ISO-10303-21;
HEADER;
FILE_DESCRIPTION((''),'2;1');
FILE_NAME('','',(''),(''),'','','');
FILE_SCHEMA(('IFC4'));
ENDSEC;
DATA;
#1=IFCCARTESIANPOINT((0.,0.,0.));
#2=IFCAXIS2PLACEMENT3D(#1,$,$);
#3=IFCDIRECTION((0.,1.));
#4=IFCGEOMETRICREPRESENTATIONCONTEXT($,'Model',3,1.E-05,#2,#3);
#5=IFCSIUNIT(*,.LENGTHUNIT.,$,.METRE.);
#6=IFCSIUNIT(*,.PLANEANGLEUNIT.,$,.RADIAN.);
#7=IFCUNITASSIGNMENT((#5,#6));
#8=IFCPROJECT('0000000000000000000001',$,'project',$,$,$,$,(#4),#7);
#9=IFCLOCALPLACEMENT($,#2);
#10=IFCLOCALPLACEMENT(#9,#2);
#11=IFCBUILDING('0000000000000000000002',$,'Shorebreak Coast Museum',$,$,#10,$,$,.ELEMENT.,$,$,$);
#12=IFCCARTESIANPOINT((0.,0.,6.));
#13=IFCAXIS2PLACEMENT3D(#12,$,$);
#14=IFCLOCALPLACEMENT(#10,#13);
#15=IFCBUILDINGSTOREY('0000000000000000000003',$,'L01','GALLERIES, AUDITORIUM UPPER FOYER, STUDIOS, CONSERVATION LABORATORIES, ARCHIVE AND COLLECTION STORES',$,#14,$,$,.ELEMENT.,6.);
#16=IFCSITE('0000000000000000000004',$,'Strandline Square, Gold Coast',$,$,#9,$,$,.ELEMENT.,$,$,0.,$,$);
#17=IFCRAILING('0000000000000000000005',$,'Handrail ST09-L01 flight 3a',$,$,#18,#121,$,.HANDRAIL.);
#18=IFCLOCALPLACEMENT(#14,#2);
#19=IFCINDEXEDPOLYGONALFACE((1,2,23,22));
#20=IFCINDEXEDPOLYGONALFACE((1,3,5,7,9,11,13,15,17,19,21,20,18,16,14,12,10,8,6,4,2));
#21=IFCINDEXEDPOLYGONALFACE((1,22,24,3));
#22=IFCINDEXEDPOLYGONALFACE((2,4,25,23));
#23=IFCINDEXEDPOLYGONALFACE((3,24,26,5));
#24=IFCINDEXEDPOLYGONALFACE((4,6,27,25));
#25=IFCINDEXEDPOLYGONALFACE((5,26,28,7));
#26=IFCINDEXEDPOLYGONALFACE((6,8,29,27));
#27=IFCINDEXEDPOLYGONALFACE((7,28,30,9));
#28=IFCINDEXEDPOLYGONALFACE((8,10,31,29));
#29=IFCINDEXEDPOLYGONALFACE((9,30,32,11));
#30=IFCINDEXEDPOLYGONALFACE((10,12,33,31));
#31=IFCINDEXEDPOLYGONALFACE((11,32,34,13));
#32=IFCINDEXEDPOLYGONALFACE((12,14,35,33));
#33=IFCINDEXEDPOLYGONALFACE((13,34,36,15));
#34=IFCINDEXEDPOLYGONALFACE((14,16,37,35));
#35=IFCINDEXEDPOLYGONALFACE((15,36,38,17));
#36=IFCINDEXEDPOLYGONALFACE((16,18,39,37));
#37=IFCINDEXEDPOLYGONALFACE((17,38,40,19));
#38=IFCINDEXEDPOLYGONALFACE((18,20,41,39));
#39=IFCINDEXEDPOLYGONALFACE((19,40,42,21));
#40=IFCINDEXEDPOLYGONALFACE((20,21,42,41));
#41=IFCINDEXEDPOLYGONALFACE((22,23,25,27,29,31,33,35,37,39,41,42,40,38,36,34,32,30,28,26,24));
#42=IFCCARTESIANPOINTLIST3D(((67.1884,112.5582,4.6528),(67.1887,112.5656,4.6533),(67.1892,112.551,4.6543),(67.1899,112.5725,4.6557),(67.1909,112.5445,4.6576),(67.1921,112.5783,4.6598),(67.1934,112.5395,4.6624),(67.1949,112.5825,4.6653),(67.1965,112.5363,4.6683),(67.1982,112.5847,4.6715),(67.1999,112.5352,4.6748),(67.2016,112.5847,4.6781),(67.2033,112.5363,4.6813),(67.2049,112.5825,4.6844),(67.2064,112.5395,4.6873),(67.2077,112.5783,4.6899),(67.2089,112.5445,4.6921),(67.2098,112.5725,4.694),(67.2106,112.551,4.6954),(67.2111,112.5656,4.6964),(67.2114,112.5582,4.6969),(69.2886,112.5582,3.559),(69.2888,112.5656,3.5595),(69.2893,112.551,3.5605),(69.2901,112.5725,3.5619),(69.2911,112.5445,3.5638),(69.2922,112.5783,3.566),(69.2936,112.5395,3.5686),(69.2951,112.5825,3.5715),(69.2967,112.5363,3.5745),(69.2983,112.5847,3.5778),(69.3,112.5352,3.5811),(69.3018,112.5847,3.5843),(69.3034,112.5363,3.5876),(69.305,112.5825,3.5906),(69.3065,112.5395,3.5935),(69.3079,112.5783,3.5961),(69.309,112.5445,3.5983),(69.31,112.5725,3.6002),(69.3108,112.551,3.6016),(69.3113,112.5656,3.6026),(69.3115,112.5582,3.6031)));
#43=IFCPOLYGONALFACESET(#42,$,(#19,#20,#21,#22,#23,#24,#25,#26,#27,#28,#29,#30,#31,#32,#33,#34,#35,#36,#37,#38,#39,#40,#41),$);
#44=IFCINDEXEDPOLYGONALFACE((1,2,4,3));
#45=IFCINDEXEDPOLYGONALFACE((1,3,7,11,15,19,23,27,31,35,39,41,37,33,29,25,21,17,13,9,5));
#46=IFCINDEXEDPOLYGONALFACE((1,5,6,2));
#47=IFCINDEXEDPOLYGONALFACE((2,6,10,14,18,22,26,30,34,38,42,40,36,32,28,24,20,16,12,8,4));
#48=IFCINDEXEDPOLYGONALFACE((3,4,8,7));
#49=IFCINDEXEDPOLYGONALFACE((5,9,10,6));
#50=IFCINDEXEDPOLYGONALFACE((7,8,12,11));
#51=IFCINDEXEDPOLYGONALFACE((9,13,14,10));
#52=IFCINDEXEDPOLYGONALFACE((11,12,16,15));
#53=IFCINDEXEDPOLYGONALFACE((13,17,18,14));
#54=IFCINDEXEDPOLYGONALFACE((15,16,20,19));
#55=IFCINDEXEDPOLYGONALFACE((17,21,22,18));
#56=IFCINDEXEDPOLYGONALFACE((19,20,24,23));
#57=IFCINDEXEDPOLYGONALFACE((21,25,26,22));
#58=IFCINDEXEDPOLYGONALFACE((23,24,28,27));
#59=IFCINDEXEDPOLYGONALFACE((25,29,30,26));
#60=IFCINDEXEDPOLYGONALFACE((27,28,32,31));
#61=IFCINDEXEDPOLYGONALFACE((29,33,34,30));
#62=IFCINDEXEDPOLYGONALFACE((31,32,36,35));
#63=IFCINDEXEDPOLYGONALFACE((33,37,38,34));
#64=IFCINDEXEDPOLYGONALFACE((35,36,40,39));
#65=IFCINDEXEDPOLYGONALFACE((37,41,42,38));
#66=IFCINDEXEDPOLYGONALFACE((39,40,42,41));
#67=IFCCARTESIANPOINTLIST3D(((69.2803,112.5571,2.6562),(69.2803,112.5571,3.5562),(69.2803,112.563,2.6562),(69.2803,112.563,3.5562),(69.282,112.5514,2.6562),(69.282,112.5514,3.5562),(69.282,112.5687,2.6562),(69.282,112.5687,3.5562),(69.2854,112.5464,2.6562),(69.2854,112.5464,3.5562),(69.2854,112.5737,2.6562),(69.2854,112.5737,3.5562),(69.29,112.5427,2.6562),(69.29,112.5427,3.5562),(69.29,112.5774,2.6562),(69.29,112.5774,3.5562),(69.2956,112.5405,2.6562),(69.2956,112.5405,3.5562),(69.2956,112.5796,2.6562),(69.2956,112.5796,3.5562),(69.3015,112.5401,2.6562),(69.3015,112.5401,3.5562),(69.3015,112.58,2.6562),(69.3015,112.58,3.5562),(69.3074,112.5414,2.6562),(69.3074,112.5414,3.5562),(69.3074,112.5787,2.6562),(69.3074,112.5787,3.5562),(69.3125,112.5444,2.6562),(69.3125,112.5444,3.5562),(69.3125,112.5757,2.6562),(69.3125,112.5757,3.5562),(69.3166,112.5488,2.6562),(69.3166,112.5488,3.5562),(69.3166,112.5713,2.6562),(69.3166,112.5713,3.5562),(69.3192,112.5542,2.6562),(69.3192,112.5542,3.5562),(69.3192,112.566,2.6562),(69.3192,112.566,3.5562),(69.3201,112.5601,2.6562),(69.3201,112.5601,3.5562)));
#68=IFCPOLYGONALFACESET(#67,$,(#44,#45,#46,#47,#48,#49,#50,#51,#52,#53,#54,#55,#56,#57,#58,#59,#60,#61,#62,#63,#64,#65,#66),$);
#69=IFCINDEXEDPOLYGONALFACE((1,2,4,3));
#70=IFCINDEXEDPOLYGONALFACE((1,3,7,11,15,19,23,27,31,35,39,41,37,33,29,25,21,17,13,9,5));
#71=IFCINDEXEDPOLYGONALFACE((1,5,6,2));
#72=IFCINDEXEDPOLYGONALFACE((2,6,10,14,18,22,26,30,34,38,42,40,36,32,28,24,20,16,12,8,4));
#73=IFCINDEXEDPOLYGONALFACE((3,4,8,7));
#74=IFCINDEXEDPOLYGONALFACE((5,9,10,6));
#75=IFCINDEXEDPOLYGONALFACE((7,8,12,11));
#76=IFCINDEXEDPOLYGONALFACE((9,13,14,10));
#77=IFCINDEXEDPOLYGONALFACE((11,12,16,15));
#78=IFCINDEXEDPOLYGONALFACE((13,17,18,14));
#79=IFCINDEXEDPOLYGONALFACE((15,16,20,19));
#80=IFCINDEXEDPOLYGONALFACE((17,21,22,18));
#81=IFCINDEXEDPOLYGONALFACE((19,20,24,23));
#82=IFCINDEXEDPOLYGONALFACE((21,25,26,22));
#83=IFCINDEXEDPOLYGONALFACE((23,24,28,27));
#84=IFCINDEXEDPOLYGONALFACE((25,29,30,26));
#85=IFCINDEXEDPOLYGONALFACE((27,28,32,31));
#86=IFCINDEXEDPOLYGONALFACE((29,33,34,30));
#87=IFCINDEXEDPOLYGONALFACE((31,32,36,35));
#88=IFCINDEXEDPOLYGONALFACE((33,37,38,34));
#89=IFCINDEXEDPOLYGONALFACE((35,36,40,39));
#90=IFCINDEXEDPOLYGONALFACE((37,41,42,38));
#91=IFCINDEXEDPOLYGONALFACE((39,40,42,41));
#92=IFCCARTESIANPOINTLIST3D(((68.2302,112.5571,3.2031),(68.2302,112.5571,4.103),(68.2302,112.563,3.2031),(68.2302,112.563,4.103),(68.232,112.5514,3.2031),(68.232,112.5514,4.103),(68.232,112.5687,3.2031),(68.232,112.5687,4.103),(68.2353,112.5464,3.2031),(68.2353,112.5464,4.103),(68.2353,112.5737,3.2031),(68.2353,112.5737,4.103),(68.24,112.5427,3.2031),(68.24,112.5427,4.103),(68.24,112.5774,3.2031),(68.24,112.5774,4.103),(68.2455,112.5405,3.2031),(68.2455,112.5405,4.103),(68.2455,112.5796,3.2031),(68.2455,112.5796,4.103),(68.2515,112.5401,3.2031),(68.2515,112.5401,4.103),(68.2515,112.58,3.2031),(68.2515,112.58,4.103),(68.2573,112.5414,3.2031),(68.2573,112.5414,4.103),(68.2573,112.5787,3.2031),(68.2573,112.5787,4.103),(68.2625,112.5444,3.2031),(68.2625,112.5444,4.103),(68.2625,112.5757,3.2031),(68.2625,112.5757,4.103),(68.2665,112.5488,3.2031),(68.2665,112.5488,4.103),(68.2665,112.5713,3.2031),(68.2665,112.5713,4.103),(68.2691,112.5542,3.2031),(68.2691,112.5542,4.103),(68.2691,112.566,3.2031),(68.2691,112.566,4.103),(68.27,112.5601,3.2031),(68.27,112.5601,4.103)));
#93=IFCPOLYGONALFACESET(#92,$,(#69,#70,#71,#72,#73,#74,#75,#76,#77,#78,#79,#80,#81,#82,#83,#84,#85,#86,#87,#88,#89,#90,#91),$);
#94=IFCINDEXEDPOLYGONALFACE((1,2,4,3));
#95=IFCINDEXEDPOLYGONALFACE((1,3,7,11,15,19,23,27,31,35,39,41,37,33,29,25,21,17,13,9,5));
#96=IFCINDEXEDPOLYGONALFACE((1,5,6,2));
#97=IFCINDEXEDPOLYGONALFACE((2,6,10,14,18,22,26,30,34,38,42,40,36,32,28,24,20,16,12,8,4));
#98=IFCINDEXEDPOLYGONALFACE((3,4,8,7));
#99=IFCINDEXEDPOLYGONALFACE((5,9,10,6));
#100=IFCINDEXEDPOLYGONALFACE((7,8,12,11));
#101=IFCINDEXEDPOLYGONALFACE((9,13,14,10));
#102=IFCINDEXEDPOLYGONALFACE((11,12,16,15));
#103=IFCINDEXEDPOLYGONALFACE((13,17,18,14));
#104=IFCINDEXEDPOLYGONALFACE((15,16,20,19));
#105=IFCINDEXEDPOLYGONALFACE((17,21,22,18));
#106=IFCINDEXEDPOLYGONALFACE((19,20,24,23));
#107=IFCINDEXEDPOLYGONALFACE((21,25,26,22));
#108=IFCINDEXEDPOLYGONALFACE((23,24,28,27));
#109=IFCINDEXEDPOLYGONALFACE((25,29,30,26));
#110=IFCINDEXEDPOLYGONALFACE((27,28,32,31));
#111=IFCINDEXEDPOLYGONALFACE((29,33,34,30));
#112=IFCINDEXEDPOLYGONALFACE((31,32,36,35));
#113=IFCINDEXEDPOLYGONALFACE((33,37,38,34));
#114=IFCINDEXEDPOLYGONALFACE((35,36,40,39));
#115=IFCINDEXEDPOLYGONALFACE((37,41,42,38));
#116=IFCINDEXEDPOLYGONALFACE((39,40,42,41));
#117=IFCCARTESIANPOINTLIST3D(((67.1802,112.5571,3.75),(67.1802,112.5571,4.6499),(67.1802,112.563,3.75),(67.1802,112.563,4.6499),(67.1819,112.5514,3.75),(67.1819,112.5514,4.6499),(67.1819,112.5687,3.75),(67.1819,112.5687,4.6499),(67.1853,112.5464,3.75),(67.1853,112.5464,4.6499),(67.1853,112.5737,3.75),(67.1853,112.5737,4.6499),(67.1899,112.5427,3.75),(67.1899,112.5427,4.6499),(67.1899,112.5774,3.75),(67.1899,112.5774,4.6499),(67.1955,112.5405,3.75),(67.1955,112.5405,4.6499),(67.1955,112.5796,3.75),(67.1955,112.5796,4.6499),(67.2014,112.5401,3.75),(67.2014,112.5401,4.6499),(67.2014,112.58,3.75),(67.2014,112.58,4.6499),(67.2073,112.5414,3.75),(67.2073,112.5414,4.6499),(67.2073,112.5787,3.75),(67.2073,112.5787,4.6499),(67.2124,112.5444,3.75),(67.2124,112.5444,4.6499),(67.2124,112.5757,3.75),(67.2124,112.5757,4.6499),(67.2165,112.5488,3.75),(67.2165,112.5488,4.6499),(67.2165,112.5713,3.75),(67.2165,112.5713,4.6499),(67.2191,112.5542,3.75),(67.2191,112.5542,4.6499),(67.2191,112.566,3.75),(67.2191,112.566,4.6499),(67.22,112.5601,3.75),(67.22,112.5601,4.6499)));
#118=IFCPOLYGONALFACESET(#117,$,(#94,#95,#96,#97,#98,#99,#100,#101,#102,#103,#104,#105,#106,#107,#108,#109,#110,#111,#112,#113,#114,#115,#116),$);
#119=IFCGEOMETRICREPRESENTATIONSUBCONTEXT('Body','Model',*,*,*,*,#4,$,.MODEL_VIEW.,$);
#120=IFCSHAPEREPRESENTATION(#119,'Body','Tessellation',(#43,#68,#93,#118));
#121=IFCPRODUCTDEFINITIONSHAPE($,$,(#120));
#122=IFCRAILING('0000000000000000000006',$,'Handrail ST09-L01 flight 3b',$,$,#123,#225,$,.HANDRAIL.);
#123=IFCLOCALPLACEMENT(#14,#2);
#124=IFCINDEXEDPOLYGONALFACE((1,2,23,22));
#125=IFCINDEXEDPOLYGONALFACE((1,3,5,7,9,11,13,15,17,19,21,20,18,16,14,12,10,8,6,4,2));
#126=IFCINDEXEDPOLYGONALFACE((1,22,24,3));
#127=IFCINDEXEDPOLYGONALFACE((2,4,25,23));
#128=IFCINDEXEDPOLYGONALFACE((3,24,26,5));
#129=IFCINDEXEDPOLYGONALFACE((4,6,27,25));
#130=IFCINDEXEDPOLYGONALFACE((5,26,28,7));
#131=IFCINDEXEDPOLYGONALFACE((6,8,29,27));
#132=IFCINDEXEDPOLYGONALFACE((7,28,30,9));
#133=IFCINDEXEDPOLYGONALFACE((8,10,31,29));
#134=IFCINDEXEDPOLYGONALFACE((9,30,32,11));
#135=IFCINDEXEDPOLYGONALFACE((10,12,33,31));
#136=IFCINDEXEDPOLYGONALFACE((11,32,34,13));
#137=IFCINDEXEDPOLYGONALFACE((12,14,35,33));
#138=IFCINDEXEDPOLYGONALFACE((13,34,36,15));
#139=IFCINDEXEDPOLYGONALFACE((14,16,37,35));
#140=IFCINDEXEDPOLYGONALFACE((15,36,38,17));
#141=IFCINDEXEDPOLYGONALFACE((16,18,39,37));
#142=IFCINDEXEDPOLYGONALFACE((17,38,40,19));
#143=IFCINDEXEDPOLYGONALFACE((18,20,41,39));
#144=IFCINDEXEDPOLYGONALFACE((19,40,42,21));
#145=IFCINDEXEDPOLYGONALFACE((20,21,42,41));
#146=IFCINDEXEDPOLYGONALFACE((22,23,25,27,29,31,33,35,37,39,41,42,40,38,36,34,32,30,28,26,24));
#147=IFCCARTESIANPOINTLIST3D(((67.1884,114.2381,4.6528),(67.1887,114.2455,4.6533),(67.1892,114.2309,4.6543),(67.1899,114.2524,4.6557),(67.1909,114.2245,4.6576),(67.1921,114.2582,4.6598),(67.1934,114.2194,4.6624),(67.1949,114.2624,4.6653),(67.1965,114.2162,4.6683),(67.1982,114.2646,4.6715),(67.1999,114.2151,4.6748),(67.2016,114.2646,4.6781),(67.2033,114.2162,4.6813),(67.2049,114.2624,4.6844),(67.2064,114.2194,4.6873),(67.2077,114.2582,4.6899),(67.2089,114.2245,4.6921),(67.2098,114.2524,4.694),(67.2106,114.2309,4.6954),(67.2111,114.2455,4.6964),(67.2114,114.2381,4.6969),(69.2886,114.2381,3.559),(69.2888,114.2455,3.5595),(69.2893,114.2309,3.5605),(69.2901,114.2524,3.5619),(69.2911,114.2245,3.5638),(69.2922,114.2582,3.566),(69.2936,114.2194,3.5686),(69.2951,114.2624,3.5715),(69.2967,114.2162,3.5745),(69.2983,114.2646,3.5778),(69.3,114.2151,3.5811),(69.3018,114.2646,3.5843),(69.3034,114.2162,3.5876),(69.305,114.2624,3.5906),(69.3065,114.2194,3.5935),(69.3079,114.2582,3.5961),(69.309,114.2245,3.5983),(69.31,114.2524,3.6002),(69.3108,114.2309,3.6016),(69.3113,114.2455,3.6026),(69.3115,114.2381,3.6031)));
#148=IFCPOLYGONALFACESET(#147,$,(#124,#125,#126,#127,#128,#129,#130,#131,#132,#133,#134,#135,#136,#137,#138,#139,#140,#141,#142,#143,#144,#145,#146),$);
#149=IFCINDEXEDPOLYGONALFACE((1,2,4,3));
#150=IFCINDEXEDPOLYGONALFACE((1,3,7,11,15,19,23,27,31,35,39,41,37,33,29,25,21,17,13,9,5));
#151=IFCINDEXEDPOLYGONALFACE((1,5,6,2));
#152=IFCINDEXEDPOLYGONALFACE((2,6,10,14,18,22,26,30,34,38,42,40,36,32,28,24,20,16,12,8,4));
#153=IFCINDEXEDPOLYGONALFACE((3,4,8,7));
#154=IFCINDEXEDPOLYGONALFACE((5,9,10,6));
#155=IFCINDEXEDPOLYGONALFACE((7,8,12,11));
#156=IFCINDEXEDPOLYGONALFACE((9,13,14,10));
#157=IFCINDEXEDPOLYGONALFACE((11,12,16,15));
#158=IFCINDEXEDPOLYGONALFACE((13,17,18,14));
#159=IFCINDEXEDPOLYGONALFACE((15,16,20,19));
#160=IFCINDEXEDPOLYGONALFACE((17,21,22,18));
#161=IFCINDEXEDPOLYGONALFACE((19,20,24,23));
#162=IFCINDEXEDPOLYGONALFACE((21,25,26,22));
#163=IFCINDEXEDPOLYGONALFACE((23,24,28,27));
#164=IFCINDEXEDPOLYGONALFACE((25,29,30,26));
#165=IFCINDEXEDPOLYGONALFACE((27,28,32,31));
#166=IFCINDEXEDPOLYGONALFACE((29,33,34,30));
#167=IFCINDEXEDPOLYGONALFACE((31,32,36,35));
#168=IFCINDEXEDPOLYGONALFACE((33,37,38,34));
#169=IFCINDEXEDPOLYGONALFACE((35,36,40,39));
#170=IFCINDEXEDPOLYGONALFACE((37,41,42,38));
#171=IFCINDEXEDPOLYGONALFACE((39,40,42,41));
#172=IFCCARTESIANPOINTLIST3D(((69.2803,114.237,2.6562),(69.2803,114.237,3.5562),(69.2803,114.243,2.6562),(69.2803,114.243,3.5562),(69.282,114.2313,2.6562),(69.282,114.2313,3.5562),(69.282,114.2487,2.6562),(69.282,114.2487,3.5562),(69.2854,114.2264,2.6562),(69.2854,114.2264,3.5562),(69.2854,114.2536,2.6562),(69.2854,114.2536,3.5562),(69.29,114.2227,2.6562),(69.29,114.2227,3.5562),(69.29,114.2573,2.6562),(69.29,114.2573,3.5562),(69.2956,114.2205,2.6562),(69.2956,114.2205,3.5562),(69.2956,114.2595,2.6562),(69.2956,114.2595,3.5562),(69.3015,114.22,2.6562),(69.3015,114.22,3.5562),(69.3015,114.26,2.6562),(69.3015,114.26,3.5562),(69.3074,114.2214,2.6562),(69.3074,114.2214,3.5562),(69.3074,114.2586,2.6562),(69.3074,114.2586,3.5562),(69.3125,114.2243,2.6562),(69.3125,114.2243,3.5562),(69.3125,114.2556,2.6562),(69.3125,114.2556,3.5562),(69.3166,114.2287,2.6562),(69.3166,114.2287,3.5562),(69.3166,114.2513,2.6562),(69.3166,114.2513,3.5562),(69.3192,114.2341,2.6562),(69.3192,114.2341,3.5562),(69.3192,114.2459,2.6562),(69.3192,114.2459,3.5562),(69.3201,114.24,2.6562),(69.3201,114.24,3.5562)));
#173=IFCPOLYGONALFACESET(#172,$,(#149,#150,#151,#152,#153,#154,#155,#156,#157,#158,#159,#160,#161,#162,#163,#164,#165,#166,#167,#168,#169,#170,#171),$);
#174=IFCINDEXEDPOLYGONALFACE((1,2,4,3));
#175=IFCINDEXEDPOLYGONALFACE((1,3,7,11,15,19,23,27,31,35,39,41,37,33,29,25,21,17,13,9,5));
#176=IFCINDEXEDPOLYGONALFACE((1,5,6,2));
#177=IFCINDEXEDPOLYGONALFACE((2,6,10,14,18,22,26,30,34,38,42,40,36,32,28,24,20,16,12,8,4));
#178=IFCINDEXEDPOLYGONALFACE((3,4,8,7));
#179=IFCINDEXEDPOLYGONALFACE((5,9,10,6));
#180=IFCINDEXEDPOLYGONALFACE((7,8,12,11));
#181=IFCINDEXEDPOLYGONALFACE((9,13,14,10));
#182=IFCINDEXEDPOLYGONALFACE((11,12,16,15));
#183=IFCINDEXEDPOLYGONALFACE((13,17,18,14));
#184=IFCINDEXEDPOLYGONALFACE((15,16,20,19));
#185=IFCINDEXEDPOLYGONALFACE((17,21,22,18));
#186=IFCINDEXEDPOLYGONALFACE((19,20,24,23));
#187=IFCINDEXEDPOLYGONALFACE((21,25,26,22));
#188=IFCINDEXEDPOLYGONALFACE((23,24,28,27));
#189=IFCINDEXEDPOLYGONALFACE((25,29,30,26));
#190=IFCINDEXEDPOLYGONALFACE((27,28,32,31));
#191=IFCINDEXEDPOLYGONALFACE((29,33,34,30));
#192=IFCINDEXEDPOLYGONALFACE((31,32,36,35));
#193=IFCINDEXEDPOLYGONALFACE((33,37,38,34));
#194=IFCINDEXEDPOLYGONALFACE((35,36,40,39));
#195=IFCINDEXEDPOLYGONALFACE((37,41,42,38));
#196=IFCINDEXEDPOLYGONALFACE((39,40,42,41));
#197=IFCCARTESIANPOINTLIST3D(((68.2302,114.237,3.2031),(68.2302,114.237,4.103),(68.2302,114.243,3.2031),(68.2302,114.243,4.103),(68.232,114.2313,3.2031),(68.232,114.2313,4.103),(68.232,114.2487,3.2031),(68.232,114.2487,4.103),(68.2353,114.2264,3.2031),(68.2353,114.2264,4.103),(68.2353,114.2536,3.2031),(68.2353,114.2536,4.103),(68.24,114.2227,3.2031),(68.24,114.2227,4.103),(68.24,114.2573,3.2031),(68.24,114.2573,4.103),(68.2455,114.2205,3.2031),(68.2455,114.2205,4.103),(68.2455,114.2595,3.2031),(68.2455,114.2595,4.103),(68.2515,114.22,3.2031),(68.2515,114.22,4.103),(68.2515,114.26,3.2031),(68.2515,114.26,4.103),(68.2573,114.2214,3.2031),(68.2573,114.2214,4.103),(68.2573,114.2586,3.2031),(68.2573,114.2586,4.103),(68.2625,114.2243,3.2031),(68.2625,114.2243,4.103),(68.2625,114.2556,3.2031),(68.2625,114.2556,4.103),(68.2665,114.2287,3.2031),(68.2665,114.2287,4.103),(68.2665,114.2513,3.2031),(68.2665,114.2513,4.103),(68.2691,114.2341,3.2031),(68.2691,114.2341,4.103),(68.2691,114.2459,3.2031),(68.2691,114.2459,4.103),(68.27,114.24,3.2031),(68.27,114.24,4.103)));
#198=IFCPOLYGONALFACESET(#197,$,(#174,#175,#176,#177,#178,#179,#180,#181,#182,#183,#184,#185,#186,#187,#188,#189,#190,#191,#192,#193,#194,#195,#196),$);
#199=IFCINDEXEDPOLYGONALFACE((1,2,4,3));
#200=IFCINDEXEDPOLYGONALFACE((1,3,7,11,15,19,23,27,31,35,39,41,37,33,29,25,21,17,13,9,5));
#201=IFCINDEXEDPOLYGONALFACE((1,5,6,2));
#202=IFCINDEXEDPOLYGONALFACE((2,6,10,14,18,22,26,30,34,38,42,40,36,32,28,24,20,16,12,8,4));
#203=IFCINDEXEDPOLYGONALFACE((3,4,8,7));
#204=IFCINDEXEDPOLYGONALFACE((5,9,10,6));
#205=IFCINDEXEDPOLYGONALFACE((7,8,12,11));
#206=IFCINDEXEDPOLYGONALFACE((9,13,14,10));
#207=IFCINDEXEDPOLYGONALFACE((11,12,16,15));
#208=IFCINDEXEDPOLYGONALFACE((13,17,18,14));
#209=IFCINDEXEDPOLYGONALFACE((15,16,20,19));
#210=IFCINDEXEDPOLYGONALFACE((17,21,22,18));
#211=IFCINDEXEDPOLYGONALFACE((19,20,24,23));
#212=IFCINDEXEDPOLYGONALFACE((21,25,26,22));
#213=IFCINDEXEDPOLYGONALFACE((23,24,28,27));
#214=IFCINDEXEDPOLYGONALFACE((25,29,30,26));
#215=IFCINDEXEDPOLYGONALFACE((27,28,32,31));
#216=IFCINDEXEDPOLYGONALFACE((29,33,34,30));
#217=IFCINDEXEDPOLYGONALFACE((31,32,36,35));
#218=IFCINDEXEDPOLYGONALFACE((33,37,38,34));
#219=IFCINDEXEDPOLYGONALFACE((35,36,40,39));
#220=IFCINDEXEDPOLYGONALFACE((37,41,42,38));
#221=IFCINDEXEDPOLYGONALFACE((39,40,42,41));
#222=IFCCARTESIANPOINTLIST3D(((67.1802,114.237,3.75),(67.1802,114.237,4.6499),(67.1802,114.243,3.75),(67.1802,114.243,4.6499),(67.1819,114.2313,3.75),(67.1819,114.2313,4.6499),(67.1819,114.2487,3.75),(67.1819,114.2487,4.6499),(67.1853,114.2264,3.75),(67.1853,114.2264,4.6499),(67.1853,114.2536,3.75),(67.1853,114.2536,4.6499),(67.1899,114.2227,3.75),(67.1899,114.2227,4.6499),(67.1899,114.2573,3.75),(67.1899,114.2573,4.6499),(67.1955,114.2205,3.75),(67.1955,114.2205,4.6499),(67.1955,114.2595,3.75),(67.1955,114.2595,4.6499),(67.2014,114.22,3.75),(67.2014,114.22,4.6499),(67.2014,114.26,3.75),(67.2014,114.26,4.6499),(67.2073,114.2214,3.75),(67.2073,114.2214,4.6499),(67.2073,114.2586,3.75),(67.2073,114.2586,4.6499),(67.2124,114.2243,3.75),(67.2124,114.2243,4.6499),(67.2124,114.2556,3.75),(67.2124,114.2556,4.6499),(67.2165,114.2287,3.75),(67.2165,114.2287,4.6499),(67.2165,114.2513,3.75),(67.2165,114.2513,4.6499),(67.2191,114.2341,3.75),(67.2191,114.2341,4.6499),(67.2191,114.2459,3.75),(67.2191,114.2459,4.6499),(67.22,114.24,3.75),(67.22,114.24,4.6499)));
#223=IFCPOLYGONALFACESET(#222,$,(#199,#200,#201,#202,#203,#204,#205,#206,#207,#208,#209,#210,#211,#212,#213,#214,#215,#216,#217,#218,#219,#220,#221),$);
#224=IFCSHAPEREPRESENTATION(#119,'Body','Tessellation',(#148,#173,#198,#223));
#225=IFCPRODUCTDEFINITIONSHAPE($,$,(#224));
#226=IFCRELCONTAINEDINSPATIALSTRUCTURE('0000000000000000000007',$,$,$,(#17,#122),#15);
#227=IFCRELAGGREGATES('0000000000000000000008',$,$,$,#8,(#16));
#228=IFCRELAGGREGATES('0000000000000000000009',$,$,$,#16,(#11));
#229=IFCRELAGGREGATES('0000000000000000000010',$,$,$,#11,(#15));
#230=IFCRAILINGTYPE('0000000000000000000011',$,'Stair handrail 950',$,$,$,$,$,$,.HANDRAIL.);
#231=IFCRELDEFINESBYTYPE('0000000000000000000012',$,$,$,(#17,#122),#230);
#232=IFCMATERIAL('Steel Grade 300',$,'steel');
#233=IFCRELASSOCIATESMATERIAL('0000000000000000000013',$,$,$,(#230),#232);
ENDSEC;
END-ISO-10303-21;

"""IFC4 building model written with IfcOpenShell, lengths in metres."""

from ifc_helpers import new_model, si_unit, direction, frame, origin, origin_2d, place, context, subcontext, project, spatial, circle, extrude, material, type_object, element, save


model = new_model("IFC4")

# Units and contexts
model_context = context("Model", 3, precision=1e-05, world=origin(), true_north=direction((0.0, 1.0)))
body_context = subcontext(model_context, "Body", "Model", "MODEL_VIEW")
ifc_project = project(units=[si_unit("LENGTHUNIT", "METRE"), si_unit("PLANEANGLEUNIT", "RADIAN")], contexts=[model_context])

# Site, building, storey
site_placement = place(None, origin())
site = spatial("IfcSite", under=ifc_project, at=site_placement, Name="Strandline Square, Gold Coast", CompositionType="ELEMENT", RefElevation=0.0)
building_placement = place(site_placement, origin())
building = spatial("IfcBuilding", under=site, at=building_placement, Name="Shorebreak Coast Museum", CompositionType="ELEMENT")
storey_placement = place(building_placement, frame((0.0, 0.0, 6.0)))
storey = spatial("IfcBuildingStorey", under=building, at=storey_placement, Name="L01", Description="GALLERIES, AUDITORIUM UPPER FOYER, STUDIOS, CONSERVATION LABORATORIES, ARCHIVE AND COLLECTION STORES", CompositionType="ELEMENT", Elevation=6.0)

# Railings
ifc_material_1 = material(Name="Steel Grade 300", Category="steel")
railing_type_1 = type_object("IfcRailingType", Name="Stair handrail 950", PredefinedType="HANDRAIL", material=ifc_material_1)
for number, where, name in (
    (1, (69.3, 112.5601, 2.6562), "Handrail ST09-L01 flight 3a"),
    (2, (69.3, 114.24, 2.6562), "Handrail ST09-L01 flight 3b"),
):
    element("IfcRailing", number, at=place(storey_placement, frame(where)), inside=storey, type_object=railing_type_1, Name=name, PredefinedType="HANDRAIL", context=body_context, shape_type="SweptSolid", body=[
        extrude(circle(Radius=0.0249, at=origin_2d()), frame((0.0, 0.0, 0.9248), z_axis=(-0.886923, 0.0, 0.461918), x_axis=(0.0, -1.0, 0.0)), (0.0, 0.0, 1.0), 2.3679),
        extrude(circle(Radius=0.02, at=origin_2d()), origin(), (0.0, 0.0, 1.0), 0.8999),
        extrude(circle(Radius=0.02, at=origin_2d()), frame((-1.05, 0.0, 0.5469)), (0.0, 0.0, 1.0), 0.8999),
        extrude(circle(Radius=0.02, at=origin_2d()), frame((-2.1001, 0.0, 1.0938)), (0.0, 0.0, 1.0), 0.8999),
    ])

save(model, "model.ifc")
